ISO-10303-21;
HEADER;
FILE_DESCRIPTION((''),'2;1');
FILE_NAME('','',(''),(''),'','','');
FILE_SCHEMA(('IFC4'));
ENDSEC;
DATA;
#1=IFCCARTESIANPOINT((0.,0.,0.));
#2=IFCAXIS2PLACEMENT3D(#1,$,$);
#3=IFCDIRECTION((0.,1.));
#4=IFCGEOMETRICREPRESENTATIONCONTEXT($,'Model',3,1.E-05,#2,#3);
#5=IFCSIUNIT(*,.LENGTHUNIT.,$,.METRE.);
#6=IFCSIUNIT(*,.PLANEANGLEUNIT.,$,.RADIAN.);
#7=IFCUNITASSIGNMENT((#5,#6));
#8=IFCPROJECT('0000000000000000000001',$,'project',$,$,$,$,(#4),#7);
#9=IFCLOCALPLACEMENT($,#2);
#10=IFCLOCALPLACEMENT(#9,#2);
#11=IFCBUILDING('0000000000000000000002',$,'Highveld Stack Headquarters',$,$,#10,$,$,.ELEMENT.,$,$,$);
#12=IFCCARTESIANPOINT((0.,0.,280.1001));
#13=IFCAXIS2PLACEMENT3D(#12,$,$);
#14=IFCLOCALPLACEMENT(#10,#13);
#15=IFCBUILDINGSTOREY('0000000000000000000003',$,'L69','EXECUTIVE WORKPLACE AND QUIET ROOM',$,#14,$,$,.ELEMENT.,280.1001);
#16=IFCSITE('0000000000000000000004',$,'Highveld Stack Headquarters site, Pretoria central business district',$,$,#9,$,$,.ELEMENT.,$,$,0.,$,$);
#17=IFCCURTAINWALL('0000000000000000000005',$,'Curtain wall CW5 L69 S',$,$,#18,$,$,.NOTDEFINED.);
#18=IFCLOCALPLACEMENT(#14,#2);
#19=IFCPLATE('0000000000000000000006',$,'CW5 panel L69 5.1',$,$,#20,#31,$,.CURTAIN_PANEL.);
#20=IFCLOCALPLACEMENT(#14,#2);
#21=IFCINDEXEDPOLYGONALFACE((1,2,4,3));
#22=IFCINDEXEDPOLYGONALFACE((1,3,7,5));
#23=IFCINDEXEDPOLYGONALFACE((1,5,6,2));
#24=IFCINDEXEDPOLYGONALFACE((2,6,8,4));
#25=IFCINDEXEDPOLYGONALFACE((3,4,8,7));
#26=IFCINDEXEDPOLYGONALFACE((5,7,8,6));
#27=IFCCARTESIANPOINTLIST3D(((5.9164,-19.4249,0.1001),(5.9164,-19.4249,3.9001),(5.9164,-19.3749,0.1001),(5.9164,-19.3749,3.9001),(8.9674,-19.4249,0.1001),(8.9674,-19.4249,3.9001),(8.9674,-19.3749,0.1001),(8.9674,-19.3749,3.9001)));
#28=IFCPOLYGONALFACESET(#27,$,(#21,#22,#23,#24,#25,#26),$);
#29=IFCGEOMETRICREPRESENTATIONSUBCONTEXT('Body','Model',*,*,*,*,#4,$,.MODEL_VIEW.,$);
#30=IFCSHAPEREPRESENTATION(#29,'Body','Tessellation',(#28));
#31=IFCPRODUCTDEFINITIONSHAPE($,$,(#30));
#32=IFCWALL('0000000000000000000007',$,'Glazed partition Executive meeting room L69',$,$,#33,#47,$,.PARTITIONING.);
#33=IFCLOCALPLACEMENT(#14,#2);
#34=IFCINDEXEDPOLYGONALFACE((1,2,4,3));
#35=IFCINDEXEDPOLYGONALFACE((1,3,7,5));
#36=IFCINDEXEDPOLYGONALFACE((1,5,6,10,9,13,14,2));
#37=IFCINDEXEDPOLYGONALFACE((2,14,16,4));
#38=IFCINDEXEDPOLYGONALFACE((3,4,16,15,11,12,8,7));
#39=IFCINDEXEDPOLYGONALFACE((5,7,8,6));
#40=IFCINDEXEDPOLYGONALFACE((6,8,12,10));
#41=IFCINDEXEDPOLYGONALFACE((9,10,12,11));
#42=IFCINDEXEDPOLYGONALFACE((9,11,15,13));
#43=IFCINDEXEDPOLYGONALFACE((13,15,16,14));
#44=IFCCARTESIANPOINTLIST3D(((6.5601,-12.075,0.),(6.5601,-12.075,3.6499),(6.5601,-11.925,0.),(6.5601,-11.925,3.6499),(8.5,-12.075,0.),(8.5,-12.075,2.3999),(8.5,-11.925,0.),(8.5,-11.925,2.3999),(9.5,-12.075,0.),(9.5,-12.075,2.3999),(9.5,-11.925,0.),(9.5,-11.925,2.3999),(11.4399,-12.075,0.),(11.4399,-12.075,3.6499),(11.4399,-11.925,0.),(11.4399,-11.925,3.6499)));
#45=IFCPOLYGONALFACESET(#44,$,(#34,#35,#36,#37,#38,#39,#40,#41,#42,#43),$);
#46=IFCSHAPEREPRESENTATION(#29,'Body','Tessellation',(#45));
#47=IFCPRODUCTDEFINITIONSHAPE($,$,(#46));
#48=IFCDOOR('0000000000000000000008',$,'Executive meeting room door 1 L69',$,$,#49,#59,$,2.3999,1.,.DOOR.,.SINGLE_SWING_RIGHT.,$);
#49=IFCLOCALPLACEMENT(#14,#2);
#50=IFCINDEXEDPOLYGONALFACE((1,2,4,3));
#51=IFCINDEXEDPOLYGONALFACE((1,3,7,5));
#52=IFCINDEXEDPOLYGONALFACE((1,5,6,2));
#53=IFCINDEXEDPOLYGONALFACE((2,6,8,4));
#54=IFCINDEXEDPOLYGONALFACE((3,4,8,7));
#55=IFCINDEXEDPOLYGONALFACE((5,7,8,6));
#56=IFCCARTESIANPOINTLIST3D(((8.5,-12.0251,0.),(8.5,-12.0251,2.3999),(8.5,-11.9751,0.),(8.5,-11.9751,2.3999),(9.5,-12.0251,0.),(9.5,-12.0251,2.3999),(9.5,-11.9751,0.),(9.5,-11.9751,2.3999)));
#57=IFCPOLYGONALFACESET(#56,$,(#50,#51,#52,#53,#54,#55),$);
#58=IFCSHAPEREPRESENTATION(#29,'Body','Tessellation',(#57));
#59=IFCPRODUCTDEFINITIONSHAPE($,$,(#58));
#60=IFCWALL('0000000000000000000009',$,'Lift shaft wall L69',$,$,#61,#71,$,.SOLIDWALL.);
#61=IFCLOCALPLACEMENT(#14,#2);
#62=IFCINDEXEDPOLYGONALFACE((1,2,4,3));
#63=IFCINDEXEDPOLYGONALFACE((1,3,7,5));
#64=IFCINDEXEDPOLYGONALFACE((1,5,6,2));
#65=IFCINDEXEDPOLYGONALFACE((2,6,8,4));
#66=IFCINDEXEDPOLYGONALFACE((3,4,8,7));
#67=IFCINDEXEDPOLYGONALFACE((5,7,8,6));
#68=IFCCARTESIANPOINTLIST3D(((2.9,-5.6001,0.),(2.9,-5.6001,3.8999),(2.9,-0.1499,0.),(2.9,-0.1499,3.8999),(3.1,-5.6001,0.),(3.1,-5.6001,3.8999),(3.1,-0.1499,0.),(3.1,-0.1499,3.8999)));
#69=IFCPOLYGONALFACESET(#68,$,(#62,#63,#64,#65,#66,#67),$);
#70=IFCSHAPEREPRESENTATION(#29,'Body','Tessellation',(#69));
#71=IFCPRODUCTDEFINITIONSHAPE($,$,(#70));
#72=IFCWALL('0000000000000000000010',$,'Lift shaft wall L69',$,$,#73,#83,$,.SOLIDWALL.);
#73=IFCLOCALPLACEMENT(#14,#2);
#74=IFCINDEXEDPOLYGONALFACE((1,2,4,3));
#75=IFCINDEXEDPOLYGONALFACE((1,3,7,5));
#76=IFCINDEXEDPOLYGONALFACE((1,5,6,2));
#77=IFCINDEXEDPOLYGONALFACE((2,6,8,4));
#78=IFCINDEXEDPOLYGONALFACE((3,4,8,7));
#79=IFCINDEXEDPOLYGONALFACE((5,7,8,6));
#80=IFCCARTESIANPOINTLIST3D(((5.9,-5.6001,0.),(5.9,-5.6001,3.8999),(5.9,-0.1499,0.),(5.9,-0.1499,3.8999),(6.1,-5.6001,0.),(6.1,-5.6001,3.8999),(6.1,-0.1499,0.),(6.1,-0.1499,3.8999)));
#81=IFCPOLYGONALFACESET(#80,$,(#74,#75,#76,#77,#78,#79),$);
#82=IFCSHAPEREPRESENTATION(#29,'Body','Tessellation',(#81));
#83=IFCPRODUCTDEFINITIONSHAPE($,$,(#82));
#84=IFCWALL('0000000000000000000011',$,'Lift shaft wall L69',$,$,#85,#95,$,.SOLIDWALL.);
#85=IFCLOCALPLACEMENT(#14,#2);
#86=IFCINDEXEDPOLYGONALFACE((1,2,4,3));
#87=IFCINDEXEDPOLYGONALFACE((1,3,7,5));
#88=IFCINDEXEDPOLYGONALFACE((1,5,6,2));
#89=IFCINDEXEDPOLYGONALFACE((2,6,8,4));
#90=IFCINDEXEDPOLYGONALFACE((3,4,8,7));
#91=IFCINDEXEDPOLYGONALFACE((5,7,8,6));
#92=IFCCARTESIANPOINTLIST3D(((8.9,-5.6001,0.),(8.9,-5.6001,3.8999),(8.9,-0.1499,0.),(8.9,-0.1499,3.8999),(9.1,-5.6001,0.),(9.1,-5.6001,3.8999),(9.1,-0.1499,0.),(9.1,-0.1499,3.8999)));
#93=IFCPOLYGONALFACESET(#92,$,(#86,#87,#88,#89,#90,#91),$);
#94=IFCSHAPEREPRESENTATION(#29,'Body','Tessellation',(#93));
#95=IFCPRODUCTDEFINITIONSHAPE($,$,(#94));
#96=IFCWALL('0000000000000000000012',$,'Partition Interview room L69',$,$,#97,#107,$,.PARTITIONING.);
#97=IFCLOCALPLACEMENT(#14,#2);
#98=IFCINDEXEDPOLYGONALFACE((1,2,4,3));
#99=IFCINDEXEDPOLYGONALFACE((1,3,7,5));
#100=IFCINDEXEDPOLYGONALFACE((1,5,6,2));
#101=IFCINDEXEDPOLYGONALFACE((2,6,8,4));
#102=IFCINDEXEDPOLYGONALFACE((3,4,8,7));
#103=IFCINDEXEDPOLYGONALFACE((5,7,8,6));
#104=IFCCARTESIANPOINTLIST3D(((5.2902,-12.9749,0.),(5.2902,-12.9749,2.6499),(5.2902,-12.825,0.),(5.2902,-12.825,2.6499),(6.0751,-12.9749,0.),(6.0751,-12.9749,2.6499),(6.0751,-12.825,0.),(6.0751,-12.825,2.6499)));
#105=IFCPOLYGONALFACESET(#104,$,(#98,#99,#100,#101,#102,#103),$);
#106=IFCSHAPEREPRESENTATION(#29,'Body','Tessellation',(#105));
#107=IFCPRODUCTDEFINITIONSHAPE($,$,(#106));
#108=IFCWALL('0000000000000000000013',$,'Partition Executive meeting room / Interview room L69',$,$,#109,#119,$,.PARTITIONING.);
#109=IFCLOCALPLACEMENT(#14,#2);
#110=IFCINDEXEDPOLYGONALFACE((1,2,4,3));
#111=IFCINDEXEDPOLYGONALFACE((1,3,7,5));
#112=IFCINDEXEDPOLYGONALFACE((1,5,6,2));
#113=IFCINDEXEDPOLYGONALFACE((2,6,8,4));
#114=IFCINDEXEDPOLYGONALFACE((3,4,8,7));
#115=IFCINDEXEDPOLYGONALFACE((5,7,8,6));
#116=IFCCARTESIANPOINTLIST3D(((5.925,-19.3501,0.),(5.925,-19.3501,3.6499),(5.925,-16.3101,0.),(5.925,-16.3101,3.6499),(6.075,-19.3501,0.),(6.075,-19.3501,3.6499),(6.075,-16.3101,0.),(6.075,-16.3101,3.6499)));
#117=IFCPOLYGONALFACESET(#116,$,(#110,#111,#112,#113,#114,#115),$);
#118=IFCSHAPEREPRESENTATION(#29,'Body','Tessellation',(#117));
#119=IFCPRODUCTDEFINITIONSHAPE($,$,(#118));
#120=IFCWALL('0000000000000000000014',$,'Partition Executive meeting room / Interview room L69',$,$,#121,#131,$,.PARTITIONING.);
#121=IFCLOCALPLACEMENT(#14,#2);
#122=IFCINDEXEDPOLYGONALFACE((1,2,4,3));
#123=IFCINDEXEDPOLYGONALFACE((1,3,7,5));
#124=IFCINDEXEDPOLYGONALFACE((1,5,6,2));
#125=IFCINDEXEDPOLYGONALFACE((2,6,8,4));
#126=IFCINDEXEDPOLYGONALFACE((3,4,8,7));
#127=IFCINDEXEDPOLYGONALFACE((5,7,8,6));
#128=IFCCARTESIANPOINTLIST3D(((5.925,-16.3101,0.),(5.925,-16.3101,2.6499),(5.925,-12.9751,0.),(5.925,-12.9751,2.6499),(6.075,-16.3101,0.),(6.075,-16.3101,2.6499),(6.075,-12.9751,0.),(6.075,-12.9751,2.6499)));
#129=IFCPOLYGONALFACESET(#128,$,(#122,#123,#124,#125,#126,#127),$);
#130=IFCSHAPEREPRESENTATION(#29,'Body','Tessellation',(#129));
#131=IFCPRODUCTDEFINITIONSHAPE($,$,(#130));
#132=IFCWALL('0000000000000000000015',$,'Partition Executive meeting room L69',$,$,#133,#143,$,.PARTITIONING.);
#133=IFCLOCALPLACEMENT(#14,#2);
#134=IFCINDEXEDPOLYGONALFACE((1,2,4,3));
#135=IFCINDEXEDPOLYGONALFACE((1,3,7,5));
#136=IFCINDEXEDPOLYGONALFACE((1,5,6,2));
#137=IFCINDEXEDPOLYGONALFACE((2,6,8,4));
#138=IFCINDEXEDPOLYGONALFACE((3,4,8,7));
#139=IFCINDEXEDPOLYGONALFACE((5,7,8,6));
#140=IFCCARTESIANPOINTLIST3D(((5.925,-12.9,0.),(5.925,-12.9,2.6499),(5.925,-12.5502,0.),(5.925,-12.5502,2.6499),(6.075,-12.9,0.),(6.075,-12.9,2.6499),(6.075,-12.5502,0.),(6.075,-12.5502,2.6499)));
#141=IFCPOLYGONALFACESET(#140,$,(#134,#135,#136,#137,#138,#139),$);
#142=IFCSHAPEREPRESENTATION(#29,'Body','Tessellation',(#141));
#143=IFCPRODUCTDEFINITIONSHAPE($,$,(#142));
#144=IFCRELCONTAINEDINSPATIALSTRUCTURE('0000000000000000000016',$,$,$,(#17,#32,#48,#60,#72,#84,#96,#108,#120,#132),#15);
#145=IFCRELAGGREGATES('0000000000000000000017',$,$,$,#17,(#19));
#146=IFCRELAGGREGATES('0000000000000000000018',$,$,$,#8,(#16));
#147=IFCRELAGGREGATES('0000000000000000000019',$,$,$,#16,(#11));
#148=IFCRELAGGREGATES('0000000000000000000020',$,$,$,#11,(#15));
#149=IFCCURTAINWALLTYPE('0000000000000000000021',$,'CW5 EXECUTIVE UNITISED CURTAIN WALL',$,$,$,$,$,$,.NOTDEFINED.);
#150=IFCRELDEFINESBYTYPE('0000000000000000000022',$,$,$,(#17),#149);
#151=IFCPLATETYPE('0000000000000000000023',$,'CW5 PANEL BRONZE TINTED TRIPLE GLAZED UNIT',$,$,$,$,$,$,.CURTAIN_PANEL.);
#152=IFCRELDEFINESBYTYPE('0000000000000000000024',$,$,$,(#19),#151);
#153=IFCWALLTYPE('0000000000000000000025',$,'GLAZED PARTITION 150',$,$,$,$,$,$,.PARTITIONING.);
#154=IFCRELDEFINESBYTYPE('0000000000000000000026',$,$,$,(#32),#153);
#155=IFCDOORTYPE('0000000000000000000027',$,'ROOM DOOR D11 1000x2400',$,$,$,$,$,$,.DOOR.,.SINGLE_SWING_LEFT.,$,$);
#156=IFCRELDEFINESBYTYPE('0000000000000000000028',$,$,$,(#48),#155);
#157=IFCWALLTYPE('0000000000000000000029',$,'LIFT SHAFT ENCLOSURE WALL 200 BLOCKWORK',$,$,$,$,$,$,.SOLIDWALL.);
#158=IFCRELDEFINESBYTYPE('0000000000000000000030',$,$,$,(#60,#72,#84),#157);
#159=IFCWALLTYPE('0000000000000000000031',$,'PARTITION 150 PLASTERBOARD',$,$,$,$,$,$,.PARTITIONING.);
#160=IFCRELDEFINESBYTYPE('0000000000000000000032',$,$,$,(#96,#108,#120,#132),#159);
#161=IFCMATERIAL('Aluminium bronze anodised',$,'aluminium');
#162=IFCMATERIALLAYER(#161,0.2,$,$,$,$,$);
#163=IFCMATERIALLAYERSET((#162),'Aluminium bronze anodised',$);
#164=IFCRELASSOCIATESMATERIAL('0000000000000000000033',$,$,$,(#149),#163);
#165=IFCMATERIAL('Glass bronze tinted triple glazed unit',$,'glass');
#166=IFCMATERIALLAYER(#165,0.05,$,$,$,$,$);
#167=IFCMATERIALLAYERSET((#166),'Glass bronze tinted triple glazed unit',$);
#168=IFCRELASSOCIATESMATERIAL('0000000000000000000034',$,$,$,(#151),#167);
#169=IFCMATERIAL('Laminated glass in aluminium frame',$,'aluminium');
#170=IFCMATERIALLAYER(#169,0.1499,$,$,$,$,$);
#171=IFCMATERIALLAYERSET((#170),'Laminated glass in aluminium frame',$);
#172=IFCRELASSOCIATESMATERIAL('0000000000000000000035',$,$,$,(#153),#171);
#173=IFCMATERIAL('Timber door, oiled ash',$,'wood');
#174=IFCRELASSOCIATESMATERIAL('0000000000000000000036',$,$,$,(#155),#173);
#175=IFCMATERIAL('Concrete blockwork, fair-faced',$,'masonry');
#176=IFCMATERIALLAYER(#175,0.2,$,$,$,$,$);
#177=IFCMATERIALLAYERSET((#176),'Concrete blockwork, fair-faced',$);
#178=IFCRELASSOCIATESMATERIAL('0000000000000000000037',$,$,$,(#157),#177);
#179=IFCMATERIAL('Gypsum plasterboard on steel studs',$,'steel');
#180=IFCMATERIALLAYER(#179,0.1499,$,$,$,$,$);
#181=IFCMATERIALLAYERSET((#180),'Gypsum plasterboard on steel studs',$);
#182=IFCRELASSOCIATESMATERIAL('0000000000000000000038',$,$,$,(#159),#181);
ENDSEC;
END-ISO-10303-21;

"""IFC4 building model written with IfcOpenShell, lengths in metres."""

from ifc_helpers import new_model, si_unit, direction, frame, frame_2d, origin, origin_2d, place, context, subcontext, project, spatial, rectangle, extrude, material, layer, layer_set, type_object, element, fill, aggregate, save


model = new_model("IFC4")

# Units and contexts
model_context = context("Model", 3, precision=1e-05, world=origin(), true_north=direction((0.0, 1.0)))
body_context = subcontext(model_context, "Body", "Model", "MODEL_VIEW")
ifc_project = project(units=[si_unit("LENGTHUNIT", "METRE"), si_unit("PLANEANGLEUNIT", "RADIAN")], contexts=[model_context])

# Site, building, storey
site_placement = place(None, origin())
site = spatial("IfcSite", under=ifc_project, at=site_placement, Name="Highveld Stack Headquarters site, Pretoria central business district", CompositionType="ELEMENT", RefElevation=0.0)
building_placement = place(site_placement, origin())
building = spatial("IfcBuilding", under=site, at=building_placement, Name="Highveld Stack Headquarters", CompositionType="ELEMENT")
storey_placement = place(building_placement, frame((0.0, 0.0, 280.1001)))
storey = spatial("IfcBuildingStorey", under=building, at=storey_placement, Name="L69", Description="EXECUTIVE WORKPLACE AND QUIET ROOM", CompositionType="ELEMENT", Elevation=280.1001)

# Curtain wall
ifc_material_1 = material(Name="Aluminium bronze anodised", Category="aluminium")
ifc_layer_1 = layer(ifc_material_1, 0.2)
ifc_layer_set_1 = layer_set([ifc_layer_1], Name="Aluminium bronze anodised")
curtain_wall_type = type_object("IfcCurtainWallType", Name="CW5 EXECUTIVE UNITISED CURTAIN WALL", PredefinedType="NOTDEFINED", material=ifc_layer_set_1)
curtain_wall_placement = place(storey_placement, origin())
curtain_wall = element("IfcCurtainWall", 1, at=curtain_wall_placement, inside=storey, type_object=curtain_wall_type, Name="Curtain wall CW5 L69 S", PredefinedType="NOTDEFINED")

# Plate
ifc_material_2 = material(Name="Glass bronze tinted triple glazed unit", Category="glass")
ifc_layer_2 = layer(ifc_material_2, 0.05)
ifc_layer_set_2 = layer_set([ifc_layer_2], Name="Glass bronze tinted triple glazed unit")
plate_type = type_object("IfcPlateType", Name="CW5 PANEL BRONZE TINTED TRIPLE GLAZED UNIT", PredefinedType="CURTAIN_PANEL", material=ifc_layer_set_2)
plate_1_placement = place(storey_placement, frame((7.4419, -19.3999, 0.1001), z_axis=(0.0, 0.0, 1.0), x_axis=(1.0, 0.0, 0.0)))
plate_1 = element("IfcPlate", 2, at=plate_1_placement, type_object=plate_type, Name="CW5 panel L69 5.1", PredefinedType="CURTAIN_PANEL", context=body_context, shape_type="SweptSolid", body=[
    extrude(rectangle(XDim=3.051, YDim=0.05, at=origin_2d()), origin(), (0.0, 0.0, 1.0), 3.8),
])
aggregate(curtain_wall, [plate_1])

# Wall, opening, door
ifc_material_3 = material(Name="Laminated glass in aluminium frame", Category="aluminium")
ifc_layer_3 = layer(ifc_material_3, 0.1499)
ifc_layer_set_3 = layer_set([ifc_layer_3], Name="Laminated glass in aluminium frame")
wall_type_1 = type_object("IfcWallType", Name="GLAZED PARTITION 150", PredefinedType="PARTITIONING", material=ifc_layer_set_3)
wall_1_placement = place(storey_placement, frame((6.5601, -12.0, 0.0), z_axis=(0.0, 0.0, 1.0), x_axis=(1.0, 0.0, 0.0)))
wall_1 = element("IfcWall", 3, at=wall_1_placement, inside=storey, type_object=wall_type_1, Name="Glazed partition Executive meeting room L69", PredefinedType="PARTITIONING", context=body_context, shape_type="SweptSolid", body=[
    extrude(rectangle(XDim=4.8799, YDim=0.1499, at=frame_2d((2.4399, 0.0))), origin(), (0.0, 0.0, 1.0), 3.6499),
])
opening_placement = place(wall_1_placement, frame((1.9399, 0.0, 0.0)))
opening = element("IfcOpeningElement", 4, at=opening_placement, cuts=wall_1, PredefinedType="OPENING", context=body_context, shape_type="SweptSolid", body=[
    extrude(rectangle(XDim=1.0, YDim=2.3999, at=frame_2d((0.5, 1.2))), frame((0.0, 0.085, 0.0), z_axis=(0.0, -1.0, 0.0), x_axis=(1.0, 0.0, 0.0)), (0.0, 0.0, 1.0), 0.1699),
])
ifc_material_4 = material(Name="Timber door, oiled ash", Category="wood")
door_type = type_object("IfcDoorType", Name="ROOM DOOR D11 1000x2400", OperationType="SINGLE_SWING_LEFT", PredefinedType="DOOR", material=ifc_material_4)
door_placement = place(opening_placement, origin())
door = element("IfcDoor", 5, at=door_placement, inside=storey, type_object=door_type, Name="Executive meeting room door 1 L69", OperationType="SINGLE_SWING_RIGHT", OverallHeight=2.3999, OverallWidth=1.0, PredefinedType="DOOR", context=body_context, shape_type="SweptSolid", body=[
    extrude(rectangle(XDim=1.0, YDim=2.3999, at=frame_2d((0.5, 1.2))), frame((0.0, 0.0249, 0.0), z_axis=(0.0, -1.0, 0.0), x_axis=(1.0, 0.0, 0.0)), (0.0, 0.0, 1.0), 0.05),
])
fill(opening, door)

# Walls
ifc_material_5 = material(Name="Concrete blockwork, fair-faced", Category="masonry")
ifc_layer_4 = layer(ifc_material_5, 0.2)
ifc_layer_set_4 = layer_set([ifc_layer_4], Name="Concrete blockwork, fair-faced")
wall_type_2 = type_object("IfcWallType", Name="LIFT SHAFT ENCLOSURE WALL 200 BLOCKWORK", PredefinedType="SOLIDWALL", material=ifc_layer_set_4)
for number, where, z_axis, x_axis, name in (
    (6, (3.0, -5.6001, 0.0), (0.0, 0.0, 1.0), (0.0, 1.0, 0.0), "Lift shaft wall L69"),
    (7, (6.0, -5.6001, 0.0), (0.0, 0.0, 1.0), (0.0, 1.0, 0.0), "Lift shaft wall L69"),
    (8, (9.0, -5.6001, 0.0), (0.0, 0.0, 1.0), (0.0, 1.0, 0.0), "Lift shaft wall L69"),
):
    element("IfcWall", number, at=place(storey_placement, frame(where, z_axis=z_axis, x_axis=x_axis)), inside=storey, type_object=wall_type_2, Name=name, PredefinedType="SOLIDWALL", context=body_context, shape_type="SweptSolid", body=[
        extrude(rectangle(XDim=5.4502, YDim=0.2, at=frame_2d((2.7251, 0.0))), origin(), (0.0, 0.0, 1.0), 3.8999),
    ])
ifc_material_6 = material(Name="Gypsum plasterboard on steel studs", Category="steel")
ifc_layer_5 = layer(ifc_material_6, 0.1499)
ifc_layer_set_5 = layer_set([ifc_layer_5], Name="Gypsum plasterboard on steel studs")
wall_type_3 = type_object("IfcWallType", Name="PARTITION 150 PLASTERBOARD", PredefinedType="PARTITIONING", material=ifc_layer_set_5)
wall_2_placement = place(storey_placement, frame((5.29, -12.8999, 0.0), z_axis=(0.0, 0.0, 1.0), x_axis=(1.0, 0.0, 0.0)))
element("IfcWall", 9, at=wall_2_placement, inside=storey, type_object=wall_type_3, Name="Partition Interview room L69", PredefinedType="PARTITIONING", context=body_context, shape_type="SweptSolid", body=[
    extrude(rectangle(XDim=0.7849, YDim=0.1499, at=frame_2d((0.3926, 0.0))), origin(), (0.0, 0.0, 1.0), 2.6499),
])
wall_3_placement = place(storey_placement, frame((6.0, -19.3501, 0.0), z_axis=(0.0, 0.0, 1.0), x_axis=(0.0, 1.0, 0.0)))
element("IfcWall", 10, at=wall_3_placement, inside=storey, type_object=wall_type_3, Name="Partition Executive meeting room / Interview room L69", PredefinedType="PARTITIONING", context=body_context, shape_type="SweptSolid", body=[
    extrude(rectangle(XDim=3.04, YDim=0.1499, at=frame_2d((1.52, 0.0))), origin(), (0.0, 0.0, 1.0), 3.6499),
])
wall_4_placement = place(storey_placement, frame((6.0, -16.3101, 0.0), z_axis=(0.0, 0.0, 1.0), x_axis=(0.0, 1.0, 0.0)))
element("IfcWall", 11, at=wall_4_placement, inside=storey, type_object=wall_type_3, Name="Partition Executive meeting room / Interview room L69", PredefinedType="PARTITIONING", context=body_context, shape_type="SweptSolid", body=[
    extrude(rectangle(XDim=3.335, YDim=0.1499, at=frame_2d((1.6675, 0.0))), origin(), (0.0, 0.0, 1.0), 2.6499),
])
wall_5_placement = place(storey_placement, frame((6.0, -12.8999, 0.0), z_axis=(0.0, 0.0, 1.0), x_axis=(0.0, 1.0, 0.0)))
element("IfcWall", 12, at=wall_5_placement, inside=storey, type_object=wall_type_3, Name="Partition Executive meeting room L69", PredefinedType="PARTITIONING", context=body_context, shape_type="SweptSolid", body=[
    extrude(rectangle(XDim=0.3499, YDim=0.1499, at=frame_2d((0.1748, 0.0))), origin(), (0.0, 0.0, 1.0), 2.6499),
])

save(model, "model.ifc")
